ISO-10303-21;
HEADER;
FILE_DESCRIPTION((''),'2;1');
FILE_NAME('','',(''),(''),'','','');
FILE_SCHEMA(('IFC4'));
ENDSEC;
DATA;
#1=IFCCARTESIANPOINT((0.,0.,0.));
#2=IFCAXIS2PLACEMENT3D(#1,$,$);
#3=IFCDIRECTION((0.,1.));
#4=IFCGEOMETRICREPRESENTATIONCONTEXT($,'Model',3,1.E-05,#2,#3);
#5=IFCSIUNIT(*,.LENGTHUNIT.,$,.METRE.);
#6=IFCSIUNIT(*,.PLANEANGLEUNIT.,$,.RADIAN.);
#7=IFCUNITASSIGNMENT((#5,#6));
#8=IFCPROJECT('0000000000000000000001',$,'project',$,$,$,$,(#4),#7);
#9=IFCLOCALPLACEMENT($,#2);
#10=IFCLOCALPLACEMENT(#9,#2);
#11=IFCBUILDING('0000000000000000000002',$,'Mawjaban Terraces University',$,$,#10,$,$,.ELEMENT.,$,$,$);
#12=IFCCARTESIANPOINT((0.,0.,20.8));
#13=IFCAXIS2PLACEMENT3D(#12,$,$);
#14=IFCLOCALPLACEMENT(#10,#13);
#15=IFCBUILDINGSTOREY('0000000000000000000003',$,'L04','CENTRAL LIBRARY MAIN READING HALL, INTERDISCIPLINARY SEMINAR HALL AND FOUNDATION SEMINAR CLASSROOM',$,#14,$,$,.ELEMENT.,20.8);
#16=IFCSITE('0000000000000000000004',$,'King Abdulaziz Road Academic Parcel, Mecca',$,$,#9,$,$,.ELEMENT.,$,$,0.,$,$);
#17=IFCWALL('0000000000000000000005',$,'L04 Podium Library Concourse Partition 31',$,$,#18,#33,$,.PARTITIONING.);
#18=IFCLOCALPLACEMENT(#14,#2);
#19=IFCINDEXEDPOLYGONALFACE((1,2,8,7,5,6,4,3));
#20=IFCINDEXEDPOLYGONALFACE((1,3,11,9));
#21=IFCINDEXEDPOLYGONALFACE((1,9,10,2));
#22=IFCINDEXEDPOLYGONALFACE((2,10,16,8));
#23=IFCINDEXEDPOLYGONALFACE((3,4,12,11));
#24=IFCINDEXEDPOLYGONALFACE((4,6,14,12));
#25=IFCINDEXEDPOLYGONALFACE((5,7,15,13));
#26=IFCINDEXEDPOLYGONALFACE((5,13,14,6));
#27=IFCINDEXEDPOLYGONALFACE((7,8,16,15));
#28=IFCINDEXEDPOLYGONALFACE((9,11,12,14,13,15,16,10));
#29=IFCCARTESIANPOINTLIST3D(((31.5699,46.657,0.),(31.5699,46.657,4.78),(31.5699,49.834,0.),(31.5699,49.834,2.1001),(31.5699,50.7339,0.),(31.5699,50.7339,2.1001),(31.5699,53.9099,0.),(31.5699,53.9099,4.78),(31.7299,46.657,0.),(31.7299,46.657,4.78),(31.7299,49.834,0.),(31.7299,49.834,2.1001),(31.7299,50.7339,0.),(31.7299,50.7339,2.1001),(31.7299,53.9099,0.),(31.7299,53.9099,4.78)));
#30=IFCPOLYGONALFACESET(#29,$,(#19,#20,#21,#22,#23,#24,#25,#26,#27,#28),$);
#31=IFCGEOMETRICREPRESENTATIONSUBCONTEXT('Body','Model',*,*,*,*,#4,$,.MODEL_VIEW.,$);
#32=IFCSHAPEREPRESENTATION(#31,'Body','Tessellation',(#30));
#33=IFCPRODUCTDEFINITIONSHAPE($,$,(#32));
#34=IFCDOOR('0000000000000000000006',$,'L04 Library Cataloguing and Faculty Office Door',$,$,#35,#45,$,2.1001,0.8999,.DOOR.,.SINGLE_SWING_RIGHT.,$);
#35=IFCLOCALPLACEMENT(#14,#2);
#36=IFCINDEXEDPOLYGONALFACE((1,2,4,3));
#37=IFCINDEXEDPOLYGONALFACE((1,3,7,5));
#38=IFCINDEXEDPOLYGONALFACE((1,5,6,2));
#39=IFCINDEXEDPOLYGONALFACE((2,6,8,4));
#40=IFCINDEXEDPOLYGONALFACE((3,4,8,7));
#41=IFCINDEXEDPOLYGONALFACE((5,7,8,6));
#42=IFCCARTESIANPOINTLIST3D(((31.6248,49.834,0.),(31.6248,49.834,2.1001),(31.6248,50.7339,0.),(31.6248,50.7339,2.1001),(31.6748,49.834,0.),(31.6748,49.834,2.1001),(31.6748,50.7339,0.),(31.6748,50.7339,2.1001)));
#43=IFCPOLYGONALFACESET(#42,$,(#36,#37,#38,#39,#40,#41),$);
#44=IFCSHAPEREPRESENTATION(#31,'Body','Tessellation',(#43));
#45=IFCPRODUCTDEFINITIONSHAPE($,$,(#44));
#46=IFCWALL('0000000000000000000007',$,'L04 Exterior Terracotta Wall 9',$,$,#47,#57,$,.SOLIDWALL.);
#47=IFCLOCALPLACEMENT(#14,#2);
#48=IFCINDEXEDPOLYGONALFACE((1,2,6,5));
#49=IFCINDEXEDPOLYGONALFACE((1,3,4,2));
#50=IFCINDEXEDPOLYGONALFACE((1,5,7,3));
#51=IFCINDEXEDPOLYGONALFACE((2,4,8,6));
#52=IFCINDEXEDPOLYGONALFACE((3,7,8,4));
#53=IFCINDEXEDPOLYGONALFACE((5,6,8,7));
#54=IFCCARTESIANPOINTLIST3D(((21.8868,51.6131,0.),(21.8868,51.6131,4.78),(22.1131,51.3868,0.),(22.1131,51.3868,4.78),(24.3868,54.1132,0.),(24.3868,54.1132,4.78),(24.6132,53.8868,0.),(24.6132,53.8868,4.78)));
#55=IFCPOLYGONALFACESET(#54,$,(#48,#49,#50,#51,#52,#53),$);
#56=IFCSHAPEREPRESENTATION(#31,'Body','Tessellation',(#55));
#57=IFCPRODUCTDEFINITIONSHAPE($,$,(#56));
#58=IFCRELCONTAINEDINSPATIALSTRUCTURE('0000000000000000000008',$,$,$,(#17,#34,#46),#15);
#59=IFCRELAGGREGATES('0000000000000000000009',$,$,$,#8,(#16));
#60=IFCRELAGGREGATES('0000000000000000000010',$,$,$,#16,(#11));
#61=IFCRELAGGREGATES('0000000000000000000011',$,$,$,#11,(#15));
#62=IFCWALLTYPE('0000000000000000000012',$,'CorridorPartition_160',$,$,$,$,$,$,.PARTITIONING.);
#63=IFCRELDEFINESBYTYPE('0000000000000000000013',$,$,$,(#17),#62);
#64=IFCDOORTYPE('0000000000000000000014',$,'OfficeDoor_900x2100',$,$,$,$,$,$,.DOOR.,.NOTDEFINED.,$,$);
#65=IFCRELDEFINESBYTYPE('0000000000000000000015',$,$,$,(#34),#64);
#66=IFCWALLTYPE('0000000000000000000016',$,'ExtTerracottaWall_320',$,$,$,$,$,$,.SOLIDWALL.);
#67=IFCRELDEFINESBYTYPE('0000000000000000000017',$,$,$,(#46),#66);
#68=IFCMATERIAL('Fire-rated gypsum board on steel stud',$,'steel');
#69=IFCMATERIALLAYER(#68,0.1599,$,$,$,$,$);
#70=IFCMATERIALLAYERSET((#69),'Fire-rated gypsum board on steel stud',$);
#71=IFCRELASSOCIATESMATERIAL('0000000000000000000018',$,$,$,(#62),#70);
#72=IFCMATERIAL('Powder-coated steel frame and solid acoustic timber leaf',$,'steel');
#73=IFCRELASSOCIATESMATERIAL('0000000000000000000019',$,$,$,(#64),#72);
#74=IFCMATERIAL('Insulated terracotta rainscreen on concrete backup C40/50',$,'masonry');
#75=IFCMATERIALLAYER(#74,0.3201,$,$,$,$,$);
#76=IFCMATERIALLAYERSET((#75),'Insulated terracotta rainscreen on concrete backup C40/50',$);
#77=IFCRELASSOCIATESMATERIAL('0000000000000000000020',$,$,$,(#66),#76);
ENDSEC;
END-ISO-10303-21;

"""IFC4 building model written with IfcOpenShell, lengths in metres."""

from ifc_helpers import new_model, si_unit, direction, frame, frame_2d, origin, place, context, subcontext, project, spatial, rectangle, extrude, material, layer, layer_set, type_object, element, fill, save


model = new_model("IFC4")

# Units and contexts
model_context = context("Model", 3, precision=1e-05, world=origin(), true_north=direction((0.0, 1.0)))
body_context = subcontext(model_context, "Body", "Model", "MODEL_VIEW")
ifc_project = project(units=[si_unit("LENGTHUNIT", "METRE"), si_unit("PLANEANGLEUNIT", "RADIAN")], contexts=[model_context])

# Site, building, storey
site_placement = place(None, origin())
site = spatial("IfcSite", under=ifc_project, at=site_placement, Name="King Abdulaziz Road Academic Parcel, Mecca", CompositionType="ELEMENT", RefElevation=0.0)
building_placement = place(site_placement, origin())
building = spatial("IfcBuilding", under=site, at=building_placement, Name="Mawjaban Terraces University", CompositionType="ELEMENT")
storey_placement = place(building_placement, frame((0.0, 0.0, 20.8)))
storey = spatial("IfcBuildingStorey", under=building, at=storey_placement, Name="L04", Description="CENTRAL LIBRARY MAIN READING HALL, INTERDISCIPLINARY SEMINAR HALL AND FOUNDATION SEMINAR CLASSROOM", CompositionType="ELEMENT", Elevation=20.8)

# Wall, opening, door
ifc_material_1 = material(Name="Fire-rated gypsum board on steel stud", Category="steel")
ifc_layer_1 = layer(ifc_material_1, 0.1599)
ifc_layer_set_1 = layer_set([ifc_layer_1], Name="Fire-rated gypsum board on steel stud")
wall_type_1 = type_object("IfcWallType", Name="CorridorPartition_160", PredefinedType="PARTITIONING", material=ifc_layer_set_1)
wall_1_placement = place(storey_placement, frame((31.6499, 53.9099, 0.0), z_axis=(0.0, 0.0, 1.0), x_axis=(0.0, -1.0, 0.0)))
wall_1 = element("IfcWall", 1, at=wall_1_placement, inside=storey, type_object=wall_type_1, Name="L04 Podium Library Concourse Partition 31", PredefinedType="PARTITIONING", context=body_context, shape_type="SweptSolid", body=[
    extrude(rectangle(XDim=7.2529, YDim=0.1599, at=frame_2d((3.6265, 0.0))), origin(), (0.0, 0.0, 1.0), 4.78),
])
opening_1_placement = place(wall_1_placement, frame((3.176, 0.0, 0.0)))
opening_1 = element("IfcOpeningElement", 2, at=opening_1_placement, cuts=wall_1, PredefinedType="OPENING", context=body_context, shape_type="SweptSolid", body=[
    extrude(rectangle(XDim=0.8999, YDim=2.1001, at=frame_2d((0.45, 1.05))), frame((0.0, 0.0898, 0.0), z_axis=(0.0, -1.0, 0.0), x_axis=(1.0, 0.0, 0.0)), (0.0, 0.0, 1.0), 0.1799),
])
ifc_material_2 = material(Name="Powder-coated steel frame and solid acoustic timber leaf", Category="steel")
door_type = type_object("IfcDoorType", Name="OfficeDoor_900x2100", OperationType="NOTDEFINED", PredefinedType="DOOR", material=ifc_material_2)
door_placement = place(opening_1_placement, origin())
door = element("IfcDoor", 3, at=door_placement, inside=storey, type_object=door_type, Name="L04 Library Cataloguing and Faculty Office Door", OperationType="SINGLE_SWING_RIGHT", OverallHeight=2.1001, OverallWidth=0.8999, PredefinedType="DOOR", context=body_context, shape_type="SweptSolid", body=[
    extrude(rectangle(XDim=0.8999, YDim=2.1001, at=frame_2d((0.45, 1.05))), frame((0.0, 0.0249, 0.0), z_axis=(0.0, -1.0, 0.0), x_axis=(1.0, 0.0, 0.0)), (0.0, 0.0, 1.0), 0.05),
])
fill(opening_1, door)

# Wall
ifc_material_3 = material(Name="Insulated terracotta rainscreen on concrete backup C40/50", Category="masonry")
ifc_layer_2 = layer(ifc_material_3, 0.3201)
ifc_layer_set_2 = layer_set([ifc_layer_2], Name="Insulated terracotta rainscreen on concrete backup C40/50")
wall_type_2 = type_object("IfcWallType", Name="ExtTerracottaWall_320", PredefinedType="SOLIDWALL", material=ifc_layer_set_2)
wall_2_placement = place(storey_placement, frame((24.5, 54.0, 0.0), z_axis=(0.0, 0.0, 1.0), x_axis=(-0.707107, -0.707107, 0.0)))
element("IfcWall", 4, at=wall_2_placement, inside=storey, type_object=wall_type_2, Name="L04 Exterior Terracotta Wall 9", PredefinedType="SOLIDWALL", context=body_context, shape_type="SweptSolid", body=[
    extrude(rectangle(XDim=3.5356, YDim=0.3201, at=frame_2d((1.7678, 0.0))), origin(), (0.0, 0.0, 1.0), 4.78),
])

save(model, "model.ifc")
